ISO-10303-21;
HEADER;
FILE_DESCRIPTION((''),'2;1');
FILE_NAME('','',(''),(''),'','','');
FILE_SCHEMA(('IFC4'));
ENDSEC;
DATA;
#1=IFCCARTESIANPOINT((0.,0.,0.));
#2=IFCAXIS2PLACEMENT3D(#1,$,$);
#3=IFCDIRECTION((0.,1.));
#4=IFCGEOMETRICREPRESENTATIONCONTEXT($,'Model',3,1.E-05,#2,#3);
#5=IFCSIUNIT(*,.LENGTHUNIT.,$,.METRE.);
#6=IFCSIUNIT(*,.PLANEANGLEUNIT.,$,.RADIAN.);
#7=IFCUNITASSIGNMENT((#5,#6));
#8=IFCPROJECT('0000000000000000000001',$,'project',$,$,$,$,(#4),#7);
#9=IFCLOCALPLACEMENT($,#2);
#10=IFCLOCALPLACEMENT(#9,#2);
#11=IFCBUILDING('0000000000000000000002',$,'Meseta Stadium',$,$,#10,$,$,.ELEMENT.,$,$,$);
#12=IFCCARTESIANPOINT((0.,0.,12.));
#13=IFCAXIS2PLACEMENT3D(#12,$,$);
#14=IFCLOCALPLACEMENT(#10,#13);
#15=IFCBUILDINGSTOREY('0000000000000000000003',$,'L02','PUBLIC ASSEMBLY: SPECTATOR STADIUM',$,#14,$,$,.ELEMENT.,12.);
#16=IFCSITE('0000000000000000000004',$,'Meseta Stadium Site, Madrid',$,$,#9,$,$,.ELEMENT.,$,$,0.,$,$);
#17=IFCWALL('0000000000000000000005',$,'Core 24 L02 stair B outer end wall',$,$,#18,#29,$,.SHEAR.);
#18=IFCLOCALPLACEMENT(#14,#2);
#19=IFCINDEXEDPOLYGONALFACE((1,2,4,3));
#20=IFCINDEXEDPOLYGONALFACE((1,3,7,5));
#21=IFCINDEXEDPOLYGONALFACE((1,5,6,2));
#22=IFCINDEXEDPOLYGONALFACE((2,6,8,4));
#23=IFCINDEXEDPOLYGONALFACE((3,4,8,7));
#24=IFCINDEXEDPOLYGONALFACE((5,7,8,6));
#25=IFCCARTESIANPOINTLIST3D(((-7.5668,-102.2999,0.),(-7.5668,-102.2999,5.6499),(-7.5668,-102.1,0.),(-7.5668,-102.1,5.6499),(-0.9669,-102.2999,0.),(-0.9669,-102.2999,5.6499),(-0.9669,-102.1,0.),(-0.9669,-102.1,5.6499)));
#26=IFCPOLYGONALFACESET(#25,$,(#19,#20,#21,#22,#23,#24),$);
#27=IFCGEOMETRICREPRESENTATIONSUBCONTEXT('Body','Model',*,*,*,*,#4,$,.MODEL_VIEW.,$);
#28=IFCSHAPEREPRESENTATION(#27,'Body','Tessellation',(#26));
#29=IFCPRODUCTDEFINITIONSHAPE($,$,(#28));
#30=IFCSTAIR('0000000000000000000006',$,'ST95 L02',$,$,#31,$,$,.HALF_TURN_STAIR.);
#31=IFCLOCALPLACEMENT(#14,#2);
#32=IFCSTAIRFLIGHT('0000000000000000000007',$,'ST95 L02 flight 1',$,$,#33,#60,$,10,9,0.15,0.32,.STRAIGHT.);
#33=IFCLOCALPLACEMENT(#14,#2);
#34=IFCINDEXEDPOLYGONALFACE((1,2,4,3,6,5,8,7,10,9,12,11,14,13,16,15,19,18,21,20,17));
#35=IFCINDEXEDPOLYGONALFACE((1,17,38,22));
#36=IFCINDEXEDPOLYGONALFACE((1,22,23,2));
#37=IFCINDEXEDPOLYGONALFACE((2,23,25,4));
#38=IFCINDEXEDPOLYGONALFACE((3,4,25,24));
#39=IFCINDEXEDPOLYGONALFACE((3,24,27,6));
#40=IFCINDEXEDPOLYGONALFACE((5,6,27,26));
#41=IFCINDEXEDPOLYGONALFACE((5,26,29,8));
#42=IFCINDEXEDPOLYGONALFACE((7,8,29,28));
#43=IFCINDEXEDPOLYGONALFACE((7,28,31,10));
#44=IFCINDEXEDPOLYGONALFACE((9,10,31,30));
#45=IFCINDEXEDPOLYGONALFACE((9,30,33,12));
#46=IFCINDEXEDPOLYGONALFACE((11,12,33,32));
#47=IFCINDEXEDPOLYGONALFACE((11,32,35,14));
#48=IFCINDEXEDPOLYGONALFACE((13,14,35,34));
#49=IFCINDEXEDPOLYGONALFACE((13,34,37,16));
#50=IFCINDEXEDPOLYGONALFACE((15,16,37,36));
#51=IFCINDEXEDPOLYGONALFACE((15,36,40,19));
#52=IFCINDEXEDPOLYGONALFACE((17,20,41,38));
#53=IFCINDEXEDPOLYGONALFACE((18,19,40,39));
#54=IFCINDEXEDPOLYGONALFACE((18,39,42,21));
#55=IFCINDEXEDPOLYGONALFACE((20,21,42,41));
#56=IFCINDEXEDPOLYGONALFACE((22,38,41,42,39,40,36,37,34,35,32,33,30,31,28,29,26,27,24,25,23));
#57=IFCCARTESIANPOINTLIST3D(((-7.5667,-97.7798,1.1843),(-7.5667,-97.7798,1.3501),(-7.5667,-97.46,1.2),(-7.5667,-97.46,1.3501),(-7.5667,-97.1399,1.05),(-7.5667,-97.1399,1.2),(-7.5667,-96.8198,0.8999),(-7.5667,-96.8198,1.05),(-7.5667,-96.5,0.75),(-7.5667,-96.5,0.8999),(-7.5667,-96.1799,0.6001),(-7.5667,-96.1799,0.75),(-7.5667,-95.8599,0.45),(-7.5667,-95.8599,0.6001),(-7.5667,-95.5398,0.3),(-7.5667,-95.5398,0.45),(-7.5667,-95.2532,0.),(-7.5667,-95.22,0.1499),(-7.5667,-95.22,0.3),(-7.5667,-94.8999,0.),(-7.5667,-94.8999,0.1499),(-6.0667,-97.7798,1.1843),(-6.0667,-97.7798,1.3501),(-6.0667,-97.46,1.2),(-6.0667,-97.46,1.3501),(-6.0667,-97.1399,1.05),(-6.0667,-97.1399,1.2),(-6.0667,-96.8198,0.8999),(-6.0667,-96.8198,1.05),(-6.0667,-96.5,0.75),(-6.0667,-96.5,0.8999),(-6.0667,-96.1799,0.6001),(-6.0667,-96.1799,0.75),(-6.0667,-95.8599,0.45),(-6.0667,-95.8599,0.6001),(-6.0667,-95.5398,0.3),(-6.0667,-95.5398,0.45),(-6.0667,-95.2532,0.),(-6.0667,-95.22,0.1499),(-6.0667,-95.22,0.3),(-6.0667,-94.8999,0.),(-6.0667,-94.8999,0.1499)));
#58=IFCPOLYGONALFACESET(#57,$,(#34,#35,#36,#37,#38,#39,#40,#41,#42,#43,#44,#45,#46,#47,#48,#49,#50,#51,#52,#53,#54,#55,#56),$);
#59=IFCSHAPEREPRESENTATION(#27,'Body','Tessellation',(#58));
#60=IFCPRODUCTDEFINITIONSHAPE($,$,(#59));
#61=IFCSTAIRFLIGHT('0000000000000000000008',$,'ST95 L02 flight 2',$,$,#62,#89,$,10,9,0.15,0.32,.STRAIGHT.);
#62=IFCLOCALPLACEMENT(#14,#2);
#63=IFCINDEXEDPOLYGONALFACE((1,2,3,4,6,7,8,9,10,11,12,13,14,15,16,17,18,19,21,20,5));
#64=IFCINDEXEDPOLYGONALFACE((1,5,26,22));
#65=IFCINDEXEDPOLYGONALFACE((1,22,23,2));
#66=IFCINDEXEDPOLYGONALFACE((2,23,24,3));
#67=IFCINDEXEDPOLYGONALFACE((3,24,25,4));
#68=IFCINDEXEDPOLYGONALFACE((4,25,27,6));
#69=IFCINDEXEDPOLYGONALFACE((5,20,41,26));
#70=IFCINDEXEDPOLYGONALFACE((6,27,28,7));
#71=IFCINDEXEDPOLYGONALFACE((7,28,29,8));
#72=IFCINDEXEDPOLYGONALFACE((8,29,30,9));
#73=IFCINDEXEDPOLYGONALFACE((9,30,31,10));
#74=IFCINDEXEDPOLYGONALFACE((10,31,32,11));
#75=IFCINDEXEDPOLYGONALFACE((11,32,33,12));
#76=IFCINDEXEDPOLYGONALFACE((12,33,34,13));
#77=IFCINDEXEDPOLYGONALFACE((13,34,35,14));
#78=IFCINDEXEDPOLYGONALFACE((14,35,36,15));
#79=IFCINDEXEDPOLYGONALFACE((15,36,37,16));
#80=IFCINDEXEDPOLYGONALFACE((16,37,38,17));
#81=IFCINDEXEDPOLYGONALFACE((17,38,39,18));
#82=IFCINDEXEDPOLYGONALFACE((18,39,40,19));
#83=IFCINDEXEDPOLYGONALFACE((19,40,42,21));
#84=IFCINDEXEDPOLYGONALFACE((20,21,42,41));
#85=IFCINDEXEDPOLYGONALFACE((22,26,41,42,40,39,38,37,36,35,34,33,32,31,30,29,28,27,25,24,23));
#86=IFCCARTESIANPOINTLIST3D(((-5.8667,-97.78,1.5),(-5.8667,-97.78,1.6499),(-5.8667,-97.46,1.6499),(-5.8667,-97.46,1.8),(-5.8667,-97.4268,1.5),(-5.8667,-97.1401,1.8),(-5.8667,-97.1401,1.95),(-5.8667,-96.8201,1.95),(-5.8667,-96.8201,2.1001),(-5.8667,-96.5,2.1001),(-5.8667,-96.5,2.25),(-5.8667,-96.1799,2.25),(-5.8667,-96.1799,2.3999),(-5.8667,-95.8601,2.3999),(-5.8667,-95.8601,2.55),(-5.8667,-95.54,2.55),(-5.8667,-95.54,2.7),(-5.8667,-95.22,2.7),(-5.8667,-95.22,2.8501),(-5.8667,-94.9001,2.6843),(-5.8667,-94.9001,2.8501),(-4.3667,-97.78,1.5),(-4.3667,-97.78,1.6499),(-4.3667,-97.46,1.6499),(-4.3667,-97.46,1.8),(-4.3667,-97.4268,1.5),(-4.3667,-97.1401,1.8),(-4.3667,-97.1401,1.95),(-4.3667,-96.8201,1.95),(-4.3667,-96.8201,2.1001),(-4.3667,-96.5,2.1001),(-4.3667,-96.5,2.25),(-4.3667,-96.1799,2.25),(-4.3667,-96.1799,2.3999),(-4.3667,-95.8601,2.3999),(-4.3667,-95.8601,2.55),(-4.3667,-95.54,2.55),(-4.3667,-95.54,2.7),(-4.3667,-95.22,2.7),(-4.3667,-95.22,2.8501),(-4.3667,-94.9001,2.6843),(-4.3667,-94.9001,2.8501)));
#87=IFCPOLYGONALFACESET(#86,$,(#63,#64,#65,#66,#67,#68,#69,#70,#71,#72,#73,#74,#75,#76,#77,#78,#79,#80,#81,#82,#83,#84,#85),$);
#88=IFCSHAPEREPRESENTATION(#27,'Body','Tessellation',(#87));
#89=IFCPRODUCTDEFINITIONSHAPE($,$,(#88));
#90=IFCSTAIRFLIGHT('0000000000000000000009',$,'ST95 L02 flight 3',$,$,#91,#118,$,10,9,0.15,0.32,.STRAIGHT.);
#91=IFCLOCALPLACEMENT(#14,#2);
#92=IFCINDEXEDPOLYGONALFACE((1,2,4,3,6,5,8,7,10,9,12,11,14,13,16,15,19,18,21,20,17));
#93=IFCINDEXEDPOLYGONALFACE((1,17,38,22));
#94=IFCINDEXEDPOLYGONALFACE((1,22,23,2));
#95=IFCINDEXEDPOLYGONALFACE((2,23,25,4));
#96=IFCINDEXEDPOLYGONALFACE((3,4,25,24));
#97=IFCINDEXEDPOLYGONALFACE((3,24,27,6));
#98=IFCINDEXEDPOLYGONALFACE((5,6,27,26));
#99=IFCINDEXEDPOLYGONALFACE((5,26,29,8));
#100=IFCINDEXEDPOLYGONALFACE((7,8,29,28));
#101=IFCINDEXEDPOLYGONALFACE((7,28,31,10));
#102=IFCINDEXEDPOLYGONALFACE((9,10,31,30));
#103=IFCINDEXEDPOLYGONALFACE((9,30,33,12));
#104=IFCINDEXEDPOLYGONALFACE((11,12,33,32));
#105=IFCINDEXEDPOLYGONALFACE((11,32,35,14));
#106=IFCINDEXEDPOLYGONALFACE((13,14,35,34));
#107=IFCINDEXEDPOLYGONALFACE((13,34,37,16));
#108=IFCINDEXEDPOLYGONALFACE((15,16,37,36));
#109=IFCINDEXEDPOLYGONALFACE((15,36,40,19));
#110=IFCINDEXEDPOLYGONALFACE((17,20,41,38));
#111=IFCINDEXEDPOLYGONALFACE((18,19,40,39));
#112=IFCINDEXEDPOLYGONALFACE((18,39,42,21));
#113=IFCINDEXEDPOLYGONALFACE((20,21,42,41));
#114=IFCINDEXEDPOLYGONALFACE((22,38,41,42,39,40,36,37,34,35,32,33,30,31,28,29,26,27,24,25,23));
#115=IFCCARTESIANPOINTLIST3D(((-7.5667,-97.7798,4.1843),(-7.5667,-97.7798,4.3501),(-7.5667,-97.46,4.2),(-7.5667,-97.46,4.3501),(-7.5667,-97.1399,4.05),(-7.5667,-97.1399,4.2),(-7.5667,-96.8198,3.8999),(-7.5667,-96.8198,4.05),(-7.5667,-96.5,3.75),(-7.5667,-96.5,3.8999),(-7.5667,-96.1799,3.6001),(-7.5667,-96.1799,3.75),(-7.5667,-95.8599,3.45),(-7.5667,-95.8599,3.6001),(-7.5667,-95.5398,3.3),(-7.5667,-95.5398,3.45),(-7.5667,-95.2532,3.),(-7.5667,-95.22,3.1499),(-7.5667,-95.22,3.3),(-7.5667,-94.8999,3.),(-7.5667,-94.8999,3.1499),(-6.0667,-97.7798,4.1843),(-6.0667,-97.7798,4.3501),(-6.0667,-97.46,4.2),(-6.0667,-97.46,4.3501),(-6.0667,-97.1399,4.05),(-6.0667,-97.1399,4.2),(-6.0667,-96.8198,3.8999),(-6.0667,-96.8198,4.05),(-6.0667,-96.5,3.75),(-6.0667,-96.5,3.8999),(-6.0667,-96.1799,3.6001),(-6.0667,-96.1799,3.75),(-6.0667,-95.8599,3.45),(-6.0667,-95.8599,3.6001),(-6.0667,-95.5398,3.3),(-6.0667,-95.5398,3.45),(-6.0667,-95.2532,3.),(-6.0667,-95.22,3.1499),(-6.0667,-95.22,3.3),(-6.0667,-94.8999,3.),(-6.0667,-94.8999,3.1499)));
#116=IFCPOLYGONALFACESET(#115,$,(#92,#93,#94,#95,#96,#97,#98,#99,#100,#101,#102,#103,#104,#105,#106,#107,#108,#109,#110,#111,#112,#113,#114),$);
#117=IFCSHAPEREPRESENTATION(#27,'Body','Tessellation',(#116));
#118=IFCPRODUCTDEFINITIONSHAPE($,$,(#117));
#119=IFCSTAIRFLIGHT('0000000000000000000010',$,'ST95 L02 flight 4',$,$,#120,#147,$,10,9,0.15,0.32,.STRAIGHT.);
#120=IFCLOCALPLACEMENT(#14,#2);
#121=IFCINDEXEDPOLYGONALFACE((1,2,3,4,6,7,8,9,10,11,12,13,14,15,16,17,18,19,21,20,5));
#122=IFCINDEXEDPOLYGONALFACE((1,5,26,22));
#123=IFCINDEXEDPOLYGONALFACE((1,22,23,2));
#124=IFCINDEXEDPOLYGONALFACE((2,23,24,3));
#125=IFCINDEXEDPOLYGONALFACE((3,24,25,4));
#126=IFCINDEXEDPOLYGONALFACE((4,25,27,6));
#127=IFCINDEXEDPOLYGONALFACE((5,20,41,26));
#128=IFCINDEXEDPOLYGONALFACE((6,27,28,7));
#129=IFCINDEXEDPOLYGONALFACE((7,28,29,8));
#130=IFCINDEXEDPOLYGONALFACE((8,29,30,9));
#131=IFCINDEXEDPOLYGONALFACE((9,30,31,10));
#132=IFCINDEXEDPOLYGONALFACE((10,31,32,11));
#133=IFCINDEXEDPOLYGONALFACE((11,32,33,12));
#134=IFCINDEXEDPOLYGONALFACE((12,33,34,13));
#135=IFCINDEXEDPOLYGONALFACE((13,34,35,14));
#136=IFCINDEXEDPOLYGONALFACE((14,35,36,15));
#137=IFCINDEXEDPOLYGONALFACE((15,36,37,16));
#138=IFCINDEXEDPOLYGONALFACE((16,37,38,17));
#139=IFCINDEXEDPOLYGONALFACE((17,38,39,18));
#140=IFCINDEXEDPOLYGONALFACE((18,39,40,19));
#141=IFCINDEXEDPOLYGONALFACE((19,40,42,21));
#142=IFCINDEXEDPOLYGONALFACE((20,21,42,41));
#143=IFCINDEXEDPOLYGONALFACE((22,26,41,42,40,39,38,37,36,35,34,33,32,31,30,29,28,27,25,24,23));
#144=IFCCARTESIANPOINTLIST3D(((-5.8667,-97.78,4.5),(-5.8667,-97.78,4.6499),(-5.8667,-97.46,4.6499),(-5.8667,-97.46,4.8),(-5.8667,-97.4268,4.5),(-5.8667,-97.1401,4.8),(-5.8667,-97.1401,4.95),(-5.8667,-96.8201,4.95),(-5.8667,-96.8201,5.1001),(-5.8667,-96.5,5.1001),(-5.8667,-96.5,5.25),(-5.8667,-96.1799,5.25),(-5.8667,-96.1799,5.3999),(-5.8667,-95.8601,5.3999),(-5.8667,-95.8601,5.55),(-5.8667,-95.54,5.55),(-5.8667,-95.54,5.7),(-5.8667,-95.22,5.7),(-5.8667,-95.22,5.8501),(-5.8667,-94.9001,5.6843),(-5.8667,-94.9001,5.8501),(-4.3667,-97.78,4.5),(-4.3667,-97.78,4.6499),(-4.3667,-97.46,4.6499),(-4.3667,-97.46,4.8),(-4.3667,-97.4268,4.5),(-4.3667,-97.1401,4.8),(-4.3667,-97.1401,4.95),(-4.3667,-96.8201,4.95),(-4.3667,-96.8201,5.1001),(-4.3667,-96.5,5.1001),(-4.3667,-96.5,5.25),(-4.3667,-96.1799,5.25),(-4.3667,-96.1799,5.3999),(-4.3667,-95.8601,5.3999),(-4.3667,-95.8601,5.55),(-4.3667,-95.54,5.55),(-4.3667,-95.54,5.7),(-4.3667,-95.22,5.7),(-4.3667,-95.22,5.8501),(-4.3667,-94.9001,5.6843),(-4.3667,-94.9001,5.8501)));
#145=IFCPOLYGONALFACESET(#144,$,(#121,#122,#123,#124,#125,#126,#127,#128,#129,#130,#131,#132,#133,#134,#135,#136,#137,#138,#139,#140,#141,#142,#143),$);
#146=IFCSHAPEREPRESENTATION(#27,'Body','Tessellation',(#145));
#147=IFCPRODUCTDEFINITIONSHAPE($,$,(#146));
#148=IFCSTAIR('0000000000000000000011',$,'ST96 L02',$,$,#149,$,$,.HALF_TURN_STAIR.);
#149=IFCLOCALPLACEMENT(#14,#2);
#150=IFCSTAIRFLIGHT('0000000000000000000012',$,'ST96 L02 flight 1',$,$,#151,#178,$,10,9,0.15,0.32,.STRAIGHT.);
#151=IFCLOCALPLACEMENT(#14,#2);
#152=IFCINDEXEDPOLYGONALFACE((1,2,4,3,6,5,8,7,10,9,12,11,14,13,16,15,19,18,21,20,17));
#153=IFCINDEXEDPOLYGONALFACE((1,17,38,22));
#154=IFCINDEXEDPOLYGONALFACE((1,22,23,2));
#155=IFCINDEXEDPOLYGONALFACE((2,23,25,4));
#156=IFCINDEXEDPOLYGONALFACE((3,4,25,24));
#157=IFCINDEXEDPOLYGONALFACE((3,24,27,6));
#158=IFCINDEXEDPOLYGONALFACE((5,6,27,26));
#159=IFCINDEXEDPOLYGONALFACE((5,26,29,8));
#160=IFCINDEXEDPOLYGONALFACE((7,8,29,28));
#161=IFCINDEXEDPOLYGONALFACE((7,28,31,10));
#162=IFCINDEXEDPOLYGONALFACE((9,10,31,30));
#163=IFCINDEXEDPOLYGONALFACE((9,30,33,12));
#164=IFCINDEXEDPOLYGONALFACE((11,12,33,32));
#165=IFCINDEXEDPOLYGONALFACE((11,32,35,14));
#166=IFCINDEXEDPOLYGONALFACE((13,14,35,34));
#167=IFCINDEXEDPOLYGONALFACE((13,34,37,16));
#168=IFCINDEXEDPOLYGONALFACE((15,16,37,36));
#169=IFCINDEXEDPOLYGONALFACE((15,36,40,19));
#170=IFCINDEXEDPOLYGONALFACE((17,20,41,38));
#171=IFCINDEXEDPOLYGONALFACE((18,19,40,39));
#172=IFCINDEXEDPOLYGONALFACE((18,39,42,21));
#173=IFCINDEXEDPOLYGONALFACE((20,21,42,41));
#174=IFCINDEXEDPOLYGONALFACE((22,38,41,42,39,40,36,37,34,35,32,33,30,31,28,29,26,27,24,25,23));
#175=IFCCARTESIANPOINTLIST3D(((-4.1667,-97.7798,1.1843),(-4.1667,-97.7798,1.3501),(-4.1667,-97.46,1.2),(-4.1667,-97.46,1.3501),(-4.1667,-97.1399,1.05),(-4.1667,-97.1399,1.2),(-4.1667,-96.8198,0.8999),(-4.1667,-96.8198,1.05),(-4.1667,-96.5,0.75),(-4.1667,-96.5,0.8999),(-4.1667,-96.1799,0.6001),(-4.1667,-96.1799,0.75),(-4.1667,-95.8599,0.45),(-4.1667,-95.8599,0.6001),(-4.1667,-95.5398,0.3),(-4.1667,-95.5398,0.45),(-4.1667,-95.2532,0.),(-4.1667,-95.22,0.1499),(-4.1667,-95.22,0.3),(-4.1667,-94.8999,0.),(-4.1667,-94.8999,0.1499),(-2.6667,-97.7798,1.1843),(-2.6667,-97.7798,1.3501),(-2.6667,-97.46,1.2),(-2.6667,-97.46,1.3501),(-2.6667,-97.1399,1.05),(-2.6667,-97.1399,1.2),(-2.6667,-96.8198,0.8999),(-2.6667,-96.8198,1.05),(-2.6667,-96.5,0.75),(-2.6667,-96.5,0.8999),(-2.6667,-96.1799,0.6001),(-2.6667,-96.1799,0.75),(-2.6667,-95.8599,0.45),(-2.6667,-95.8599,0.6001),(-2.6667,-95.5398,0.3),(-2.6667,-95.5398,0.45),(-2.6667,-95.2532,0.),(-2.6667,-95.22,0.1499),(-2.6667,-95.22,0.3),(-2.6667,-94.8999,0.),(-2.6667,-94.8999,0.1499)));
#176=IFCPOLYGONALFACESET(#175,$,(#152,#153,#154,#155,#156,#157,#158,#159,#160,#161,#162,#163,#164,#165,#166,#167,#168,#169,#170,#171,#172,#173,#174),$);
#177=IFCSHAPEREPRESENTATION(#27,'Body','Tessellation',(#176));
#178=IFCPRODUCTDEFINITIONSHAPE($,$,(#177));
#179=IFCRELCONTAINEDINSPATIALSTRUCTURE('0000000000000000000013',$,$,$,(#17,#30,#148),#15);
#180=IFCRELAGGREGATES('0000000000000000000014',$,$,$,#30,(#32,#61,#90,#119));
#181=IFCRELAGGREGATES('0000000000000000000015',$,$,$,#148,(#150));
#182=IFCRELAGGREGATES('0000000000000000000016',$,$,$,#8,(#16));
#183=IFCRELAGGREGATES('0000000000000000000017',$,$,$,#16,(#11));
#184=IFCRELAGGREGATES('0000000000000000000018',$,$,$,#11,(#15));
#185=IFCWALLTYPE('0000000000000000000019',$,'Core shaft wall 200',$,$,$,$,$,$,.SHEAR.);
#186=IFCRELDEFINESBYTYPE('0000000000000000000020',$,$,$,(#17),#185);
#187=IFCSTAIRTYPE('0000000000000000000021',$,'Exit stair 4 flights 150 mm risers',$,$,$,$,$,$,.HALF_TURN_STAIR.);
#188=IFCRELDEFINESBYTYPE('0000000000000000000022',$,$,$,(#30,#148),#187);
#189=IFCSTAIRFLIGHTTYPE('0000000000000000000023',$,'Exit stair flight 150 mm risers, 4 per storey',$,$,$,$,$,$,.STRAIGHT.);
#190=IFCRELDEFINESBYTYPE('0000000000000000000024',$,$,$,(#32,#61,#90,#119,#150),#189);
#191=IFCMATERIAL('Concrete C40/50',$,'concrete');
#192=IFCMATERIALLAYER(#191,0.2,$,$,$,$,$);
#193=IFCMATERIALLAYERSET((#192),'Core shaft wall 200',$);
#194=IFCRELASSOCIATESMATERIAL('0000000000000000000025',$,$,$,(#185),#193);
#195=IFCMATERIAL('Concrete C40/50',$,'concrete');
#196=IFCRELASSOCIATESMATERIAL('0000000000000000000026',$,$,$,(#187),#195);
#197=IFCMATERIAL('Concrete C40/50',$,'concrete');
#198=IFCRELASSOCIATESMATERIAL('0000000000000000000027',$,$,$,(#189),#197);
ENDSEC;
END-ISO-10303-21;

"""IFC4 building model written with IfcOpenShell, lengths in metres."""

from ifc_helpers import new_model, si_unit, direction, frame, frame_2d, origin, place, context, subcontext, project, spatial, polyline, rectangle, outline, extrude, material, layer, layer_set, type_object, element, aggregate, save


model = new_model("IFC4")

# Units and contexts
model_context = context("Model", 3, precision=1e-05, world=origin(), true_north=direction((0.0, 1.0)))
body_context = subcontext(model_context, "Body", "Model", "MODEL_VIEW")
ifc_project = project(units=[si_unit("LENGTHUNIT", "METRE"), si_unit("PLANEANGLEUNIT", "RADIAN")], contexts=[model_context])

# Site, building, storey
site_placement = place(None, origin())
site = spatial("IfcSite", under=ifc_project, at=site_placement, Name="Meseta Stadium Site, Madrid", CompositionType="ELEMENT", RefElevation=0.0)
building_placement = place(site_placement, origin())
building = spatial("IfcBuilding", under=site, at=building_placement, Name="Meseta Stadium", CompositionType="ELEMENT")
storey_placement = place(building_placement, frame((0.0, 0.0, 12.0)))
storey = spatial("IfcBuildingStorey", under=building, at=storey_placement, Name="L02", Description="PUBLIC ASSEMBLY: SPECTATOR STADIUM", CompositionType="ELEMENT", Elevation=12.0)

# Wall
ifc_material_1 = material(Name="Concrete C40/50", Category="concrete")
ifc_layer = layer(ifc_material_1, 0.2)
ifc_layer_set = layer_set([ifc_layer], Name="Core shaft wall 200")
wall_type = type_object("IfcWallType", Name="Core shaft wall 200", PredefinedType="SHEAR", material=ifc_layer_set)
wall_placement = place(storey_placement, frame((-7.5667, -102.2, 0.0), z_axis=(0.0, 0.0, 1.0), x_axis=(1.0, 0.0, 0.0)))
element("IfcWall", 1, at=wall_placement, inside=storey, type_object=wall_type, Name="Core 24 L02 stair B outer end wall", PredefinedType="SHEAR", context=body_context, shape_type="SweptSolid", body=[
    extrude(rectangle(XDim=6.5999, YDim=0.2, at=frame_2d((3.2998, 0.0))), origin(), (0.0, 0.0, 1.0), 5.6499),
])

# Stairs, stair flights
ifc_material_2 = material(Name="Concrete C40/50", Category="concrete")
stair_type = type_object("IfcStairType", Name="Exit stair 4 flights 150 mm risers", PredefinedType="HALF_TURN_STAIR", material=ifc_material_2)
stair_1_placement = place(storey_placement, origin())
stair_1 = element("IfcStair", 2, at=stair_1_placement, inside=storey, type_object=stair_type, Name="ST95 L02", PredefinedType="HALF_TURN_STAIR")
ifc_material_3 = material(Name="Concrete C40/50", Category="concrete")
stair_flight_type = type_object("IfcStairFlightType", Name="Exit stair flight 150 mm risers, 4 per storey", PredefinedType="STRAIGHT", material=ifc_material_3)
stair_flight_1_placement = place(storey_placement, frame((-6.8167, -94.8999, 0.0), z_axis=(0.0, 0.0, 1.0), x_axis=(0.0, -1.0, 0.0)))
stair_flight_1 = element("IfcStairFlight", 3, at=stair_flight_1_placement, type_object=stair_flight_type, Name="ST95 L02 flight 1", NumberOfRisers=10, NumberOfTreads=9, PredefinedType="STRAIGHT", RiserHeight=0.15, TreadLength=0.32, context=body_context, shape_type="SweptSolid", body=[
    extrude(outline(polyline([(0.0, 0.0), (0.0, 0.1499), (0.3201, 0.1499), (0.3201, 0.3), (0.6399, 0.3), (0.6399, 0.45), (0.96, 0.45), (0.96, 0.6001), (1.28, 0.6001), (1.28, 0.75), (1.6001, 0.75), (1.6001, 0.8999), (1.9199, 0.8999), (1.9199, 1.05), (2.24, 1.05), (2.24, 1.2), (2.5601, 1.2), (2.5601, 1.3501), (2.8799, 1.3501), (2.8799, 1.1843), (0.3533, 0.0), (0.0, 0.0)])), frame((0.0, 0.75, 0.0), z_axis=(0.0, -1.0, 0.0), x_axis=(1.0, 0.0, 0.0)), (0.0, 0.0, 1.0), 1.5),
])
stair_flight_2_placement = place(storey_placement, frame((-5.1167, -97.78, 1.5), z_axis=(0.0, 0.0, 1.0), x_axis=(0.0, 1.0, 0.0)))
stair_flight_2 = element("IfcStairFlight", 4, at=stair_flight_2_placement, type_object=stair_flight_type, Name="ST95 L02 flight 2", NumberOfRisers=10, NumberOfTreads=9, PredefinedType="STRAIGHT", RiserHeight=0.15, TreadLength=0.32, context=body_context, shape_type="SweptSolid", body=[
    extrude(outline(polyline([(0.0, 0.0), (0.0, 0.1499), (0.3201, 0.1499), (0.3201, 0.3), (0.6399, 0.3), (0.6399, 0.45), (0.96, 0.45), (0.96, 0.6001), (1.28, 0.6001), (1.28, 0.75), (1.6001, 0.75), (1.6001, 0.8999), (1.9199, 0.8999), (1.9199, 1.05), (2.24, 1.05), (2.24, 1.2), (2.5601, 1.2), (2.5601, 1.3501), (2.8799, 1.3501), (2.8799, 1.1843), (0.3533, 0.0), (0.0, 0.0)])), frame((0.0, 0.75, 0.0), z_axis=(0.0, -1.0, 0.0), x_axis=(1.0, 0.0, 0.0)), (0.0, 0.0, 1.0), 1.5),
])
stair_flight_3_placement = place(storey_placement, frame((-6.8167, -94.8999, 3.0), z_axis=(0.0, 0.0, 1.0), x_axis=(0.0, -1.0, 0.0)))
stair_flight_3 = element("IfcStairFlight", 5, at=stair_flight_3_placement, type_object=stair_flight_type, Name="ST95 L02 flight 3", NumberOfRisers=10, NumberOfTreads=9, PredefinedType="STRAIGHT", RiserHeight=0.15, TreadLength=0.32, context=body_context, shape_type="SweptSolid", body=[
    extrude(outline(polyline([(0.0, 0.0), (0.0, 0.1499), (0.3201, 0.1499), (0.3201, 0.3), (0.6399, 0.3), (0.6399, 0.45), (0.96, 0.45), (0.96, 0.6001), (1.28, 0.6001), (1.28, 0.75), (1.6001, 0.75), (1.6001, 0.8999), (1.9199, 0.8999), (1.9199, 1.05), (2.24, 1.05), (2.24, 1.2), (2.5601, 1.2), (2.5601, 1.3501), (2.8799, 1.3501), (2.8799, 1.1843), (0.3533, 0.0), (0.0, 0.0)])), frame((0.0, 0.75, 0.0), z_axis=(0.0, -1.0, 0.0), x_axis=(1.0, 0.0, 0.0)), (0.0, 0.0, 1.0), 1.5),
])
stair_flight_4_placement = place(storey_placement, frame((-5.1167, -97.78, 4.5), z_axis=(0.0, 0.0, 1.0), x_axis=(0.0, 1.0, 0.0)))
stair_flight_4 = element("IfcStairFlight", 6, at=stair_flight_4_placement, type_object=stair_flight_type, Name="ST95 L02 flight 4", NumberOfRisers=10, NumberOfTreads=9, PredefinedType="STRAIGHT", RiserHeight=0.15, TreadLength=0.32, context=body_context, shape_type="SweptSolid", body=[
    extrude(outline(polyline([(0.0, 0.0), (0.0, 0.1499), (0.3201, 0.1499), (0.3201, 0.3), (0.6399, 0.3), (0.6399, 0.45), (0.96, 0.45), (0.96, 0.6001), (1.28, 0.6001), (1.28, 0.75), (1.6001, 0.75), (1.6001, 0.8999), (1.9199, 0.8999), (1.9199, 1.05), (2.24, 1.05), (2.24, 1.2), (2.5601, 1.2), (2.5601, 1.3501), (2.8799, 1.3501), (2.8799, 1.1843), (0.3533, 0.0), (0.0, 0.0)])), frame((0.0, 0.75, 0.0), z_axis=(0.0, -1.0, 0.0), x_axis=(1.0, 0.0, 0.0)), (0.0, 0.0, 1.0), 1.5),
])
aggregate(stair_1, [stair_flight_1, stair_flight_2, stair_flight_3, stair_flight_4])
stair_2_placement = place(storey_placement, origin())
stair_2 = element("IfcStair", 7, at=stair_2_placement, inside=storey, type_object=stair_type, Name="ST96 L02", PredefinedType="HALF_TURN_STAIR")
stair_flight_5_placement = place(storey_placement, frame((-3.4167, -94.8999, 0.0), z_axis=(0.0, 0.0, 1.0), x_axis=(0.0, -1.0, 0.0)))
stair_flight_5 = element("IfcStairFlight", 8, at=stair_flight_5_placement, type_object=stair_flight_type, Name="ST96 L02 flight 1", NumberOfRisers=10, NumberOfTreads=9, PredefinedType="STRAIGHT", RiserHeight=0.15, TreadLength=0.32, context=body_context, shape_type="SweptSolid", body=[
    extrude(outline(polyline([(0.0, 0.0), (0.0, 0.1499), (0.3201, 0.1499), (0.3201, 0.3), (0.6399, 0.3), (0.6399, 0.45), (0.96, 0.45), (0.96, 0.6001), (1.28, 0.6001), (1.28, 0.75), (1.6001, 0.75), (1.6001, 0.8999), (1.9199, 0.8999), (1.9199, 1.05), (2.24, 1.05), (2.24, 1.2), (2.5601, 1.2), (2.5601, 1.3501), (2.8799, 1.3501), (2.8799, 1.1843), (0.3533, 0.0), (0.0, 0.0)])), frame((0.0, 0.75, 0.0), z_axis=(0.0, -1.0, 0.0), x_axis=(1.0, 0.0, 0.0)), (0.0, 0.0, 1.0), 1.5),
])
aggregate(stair_2, [stair_flight_5])

save(model, "model.ifc")
